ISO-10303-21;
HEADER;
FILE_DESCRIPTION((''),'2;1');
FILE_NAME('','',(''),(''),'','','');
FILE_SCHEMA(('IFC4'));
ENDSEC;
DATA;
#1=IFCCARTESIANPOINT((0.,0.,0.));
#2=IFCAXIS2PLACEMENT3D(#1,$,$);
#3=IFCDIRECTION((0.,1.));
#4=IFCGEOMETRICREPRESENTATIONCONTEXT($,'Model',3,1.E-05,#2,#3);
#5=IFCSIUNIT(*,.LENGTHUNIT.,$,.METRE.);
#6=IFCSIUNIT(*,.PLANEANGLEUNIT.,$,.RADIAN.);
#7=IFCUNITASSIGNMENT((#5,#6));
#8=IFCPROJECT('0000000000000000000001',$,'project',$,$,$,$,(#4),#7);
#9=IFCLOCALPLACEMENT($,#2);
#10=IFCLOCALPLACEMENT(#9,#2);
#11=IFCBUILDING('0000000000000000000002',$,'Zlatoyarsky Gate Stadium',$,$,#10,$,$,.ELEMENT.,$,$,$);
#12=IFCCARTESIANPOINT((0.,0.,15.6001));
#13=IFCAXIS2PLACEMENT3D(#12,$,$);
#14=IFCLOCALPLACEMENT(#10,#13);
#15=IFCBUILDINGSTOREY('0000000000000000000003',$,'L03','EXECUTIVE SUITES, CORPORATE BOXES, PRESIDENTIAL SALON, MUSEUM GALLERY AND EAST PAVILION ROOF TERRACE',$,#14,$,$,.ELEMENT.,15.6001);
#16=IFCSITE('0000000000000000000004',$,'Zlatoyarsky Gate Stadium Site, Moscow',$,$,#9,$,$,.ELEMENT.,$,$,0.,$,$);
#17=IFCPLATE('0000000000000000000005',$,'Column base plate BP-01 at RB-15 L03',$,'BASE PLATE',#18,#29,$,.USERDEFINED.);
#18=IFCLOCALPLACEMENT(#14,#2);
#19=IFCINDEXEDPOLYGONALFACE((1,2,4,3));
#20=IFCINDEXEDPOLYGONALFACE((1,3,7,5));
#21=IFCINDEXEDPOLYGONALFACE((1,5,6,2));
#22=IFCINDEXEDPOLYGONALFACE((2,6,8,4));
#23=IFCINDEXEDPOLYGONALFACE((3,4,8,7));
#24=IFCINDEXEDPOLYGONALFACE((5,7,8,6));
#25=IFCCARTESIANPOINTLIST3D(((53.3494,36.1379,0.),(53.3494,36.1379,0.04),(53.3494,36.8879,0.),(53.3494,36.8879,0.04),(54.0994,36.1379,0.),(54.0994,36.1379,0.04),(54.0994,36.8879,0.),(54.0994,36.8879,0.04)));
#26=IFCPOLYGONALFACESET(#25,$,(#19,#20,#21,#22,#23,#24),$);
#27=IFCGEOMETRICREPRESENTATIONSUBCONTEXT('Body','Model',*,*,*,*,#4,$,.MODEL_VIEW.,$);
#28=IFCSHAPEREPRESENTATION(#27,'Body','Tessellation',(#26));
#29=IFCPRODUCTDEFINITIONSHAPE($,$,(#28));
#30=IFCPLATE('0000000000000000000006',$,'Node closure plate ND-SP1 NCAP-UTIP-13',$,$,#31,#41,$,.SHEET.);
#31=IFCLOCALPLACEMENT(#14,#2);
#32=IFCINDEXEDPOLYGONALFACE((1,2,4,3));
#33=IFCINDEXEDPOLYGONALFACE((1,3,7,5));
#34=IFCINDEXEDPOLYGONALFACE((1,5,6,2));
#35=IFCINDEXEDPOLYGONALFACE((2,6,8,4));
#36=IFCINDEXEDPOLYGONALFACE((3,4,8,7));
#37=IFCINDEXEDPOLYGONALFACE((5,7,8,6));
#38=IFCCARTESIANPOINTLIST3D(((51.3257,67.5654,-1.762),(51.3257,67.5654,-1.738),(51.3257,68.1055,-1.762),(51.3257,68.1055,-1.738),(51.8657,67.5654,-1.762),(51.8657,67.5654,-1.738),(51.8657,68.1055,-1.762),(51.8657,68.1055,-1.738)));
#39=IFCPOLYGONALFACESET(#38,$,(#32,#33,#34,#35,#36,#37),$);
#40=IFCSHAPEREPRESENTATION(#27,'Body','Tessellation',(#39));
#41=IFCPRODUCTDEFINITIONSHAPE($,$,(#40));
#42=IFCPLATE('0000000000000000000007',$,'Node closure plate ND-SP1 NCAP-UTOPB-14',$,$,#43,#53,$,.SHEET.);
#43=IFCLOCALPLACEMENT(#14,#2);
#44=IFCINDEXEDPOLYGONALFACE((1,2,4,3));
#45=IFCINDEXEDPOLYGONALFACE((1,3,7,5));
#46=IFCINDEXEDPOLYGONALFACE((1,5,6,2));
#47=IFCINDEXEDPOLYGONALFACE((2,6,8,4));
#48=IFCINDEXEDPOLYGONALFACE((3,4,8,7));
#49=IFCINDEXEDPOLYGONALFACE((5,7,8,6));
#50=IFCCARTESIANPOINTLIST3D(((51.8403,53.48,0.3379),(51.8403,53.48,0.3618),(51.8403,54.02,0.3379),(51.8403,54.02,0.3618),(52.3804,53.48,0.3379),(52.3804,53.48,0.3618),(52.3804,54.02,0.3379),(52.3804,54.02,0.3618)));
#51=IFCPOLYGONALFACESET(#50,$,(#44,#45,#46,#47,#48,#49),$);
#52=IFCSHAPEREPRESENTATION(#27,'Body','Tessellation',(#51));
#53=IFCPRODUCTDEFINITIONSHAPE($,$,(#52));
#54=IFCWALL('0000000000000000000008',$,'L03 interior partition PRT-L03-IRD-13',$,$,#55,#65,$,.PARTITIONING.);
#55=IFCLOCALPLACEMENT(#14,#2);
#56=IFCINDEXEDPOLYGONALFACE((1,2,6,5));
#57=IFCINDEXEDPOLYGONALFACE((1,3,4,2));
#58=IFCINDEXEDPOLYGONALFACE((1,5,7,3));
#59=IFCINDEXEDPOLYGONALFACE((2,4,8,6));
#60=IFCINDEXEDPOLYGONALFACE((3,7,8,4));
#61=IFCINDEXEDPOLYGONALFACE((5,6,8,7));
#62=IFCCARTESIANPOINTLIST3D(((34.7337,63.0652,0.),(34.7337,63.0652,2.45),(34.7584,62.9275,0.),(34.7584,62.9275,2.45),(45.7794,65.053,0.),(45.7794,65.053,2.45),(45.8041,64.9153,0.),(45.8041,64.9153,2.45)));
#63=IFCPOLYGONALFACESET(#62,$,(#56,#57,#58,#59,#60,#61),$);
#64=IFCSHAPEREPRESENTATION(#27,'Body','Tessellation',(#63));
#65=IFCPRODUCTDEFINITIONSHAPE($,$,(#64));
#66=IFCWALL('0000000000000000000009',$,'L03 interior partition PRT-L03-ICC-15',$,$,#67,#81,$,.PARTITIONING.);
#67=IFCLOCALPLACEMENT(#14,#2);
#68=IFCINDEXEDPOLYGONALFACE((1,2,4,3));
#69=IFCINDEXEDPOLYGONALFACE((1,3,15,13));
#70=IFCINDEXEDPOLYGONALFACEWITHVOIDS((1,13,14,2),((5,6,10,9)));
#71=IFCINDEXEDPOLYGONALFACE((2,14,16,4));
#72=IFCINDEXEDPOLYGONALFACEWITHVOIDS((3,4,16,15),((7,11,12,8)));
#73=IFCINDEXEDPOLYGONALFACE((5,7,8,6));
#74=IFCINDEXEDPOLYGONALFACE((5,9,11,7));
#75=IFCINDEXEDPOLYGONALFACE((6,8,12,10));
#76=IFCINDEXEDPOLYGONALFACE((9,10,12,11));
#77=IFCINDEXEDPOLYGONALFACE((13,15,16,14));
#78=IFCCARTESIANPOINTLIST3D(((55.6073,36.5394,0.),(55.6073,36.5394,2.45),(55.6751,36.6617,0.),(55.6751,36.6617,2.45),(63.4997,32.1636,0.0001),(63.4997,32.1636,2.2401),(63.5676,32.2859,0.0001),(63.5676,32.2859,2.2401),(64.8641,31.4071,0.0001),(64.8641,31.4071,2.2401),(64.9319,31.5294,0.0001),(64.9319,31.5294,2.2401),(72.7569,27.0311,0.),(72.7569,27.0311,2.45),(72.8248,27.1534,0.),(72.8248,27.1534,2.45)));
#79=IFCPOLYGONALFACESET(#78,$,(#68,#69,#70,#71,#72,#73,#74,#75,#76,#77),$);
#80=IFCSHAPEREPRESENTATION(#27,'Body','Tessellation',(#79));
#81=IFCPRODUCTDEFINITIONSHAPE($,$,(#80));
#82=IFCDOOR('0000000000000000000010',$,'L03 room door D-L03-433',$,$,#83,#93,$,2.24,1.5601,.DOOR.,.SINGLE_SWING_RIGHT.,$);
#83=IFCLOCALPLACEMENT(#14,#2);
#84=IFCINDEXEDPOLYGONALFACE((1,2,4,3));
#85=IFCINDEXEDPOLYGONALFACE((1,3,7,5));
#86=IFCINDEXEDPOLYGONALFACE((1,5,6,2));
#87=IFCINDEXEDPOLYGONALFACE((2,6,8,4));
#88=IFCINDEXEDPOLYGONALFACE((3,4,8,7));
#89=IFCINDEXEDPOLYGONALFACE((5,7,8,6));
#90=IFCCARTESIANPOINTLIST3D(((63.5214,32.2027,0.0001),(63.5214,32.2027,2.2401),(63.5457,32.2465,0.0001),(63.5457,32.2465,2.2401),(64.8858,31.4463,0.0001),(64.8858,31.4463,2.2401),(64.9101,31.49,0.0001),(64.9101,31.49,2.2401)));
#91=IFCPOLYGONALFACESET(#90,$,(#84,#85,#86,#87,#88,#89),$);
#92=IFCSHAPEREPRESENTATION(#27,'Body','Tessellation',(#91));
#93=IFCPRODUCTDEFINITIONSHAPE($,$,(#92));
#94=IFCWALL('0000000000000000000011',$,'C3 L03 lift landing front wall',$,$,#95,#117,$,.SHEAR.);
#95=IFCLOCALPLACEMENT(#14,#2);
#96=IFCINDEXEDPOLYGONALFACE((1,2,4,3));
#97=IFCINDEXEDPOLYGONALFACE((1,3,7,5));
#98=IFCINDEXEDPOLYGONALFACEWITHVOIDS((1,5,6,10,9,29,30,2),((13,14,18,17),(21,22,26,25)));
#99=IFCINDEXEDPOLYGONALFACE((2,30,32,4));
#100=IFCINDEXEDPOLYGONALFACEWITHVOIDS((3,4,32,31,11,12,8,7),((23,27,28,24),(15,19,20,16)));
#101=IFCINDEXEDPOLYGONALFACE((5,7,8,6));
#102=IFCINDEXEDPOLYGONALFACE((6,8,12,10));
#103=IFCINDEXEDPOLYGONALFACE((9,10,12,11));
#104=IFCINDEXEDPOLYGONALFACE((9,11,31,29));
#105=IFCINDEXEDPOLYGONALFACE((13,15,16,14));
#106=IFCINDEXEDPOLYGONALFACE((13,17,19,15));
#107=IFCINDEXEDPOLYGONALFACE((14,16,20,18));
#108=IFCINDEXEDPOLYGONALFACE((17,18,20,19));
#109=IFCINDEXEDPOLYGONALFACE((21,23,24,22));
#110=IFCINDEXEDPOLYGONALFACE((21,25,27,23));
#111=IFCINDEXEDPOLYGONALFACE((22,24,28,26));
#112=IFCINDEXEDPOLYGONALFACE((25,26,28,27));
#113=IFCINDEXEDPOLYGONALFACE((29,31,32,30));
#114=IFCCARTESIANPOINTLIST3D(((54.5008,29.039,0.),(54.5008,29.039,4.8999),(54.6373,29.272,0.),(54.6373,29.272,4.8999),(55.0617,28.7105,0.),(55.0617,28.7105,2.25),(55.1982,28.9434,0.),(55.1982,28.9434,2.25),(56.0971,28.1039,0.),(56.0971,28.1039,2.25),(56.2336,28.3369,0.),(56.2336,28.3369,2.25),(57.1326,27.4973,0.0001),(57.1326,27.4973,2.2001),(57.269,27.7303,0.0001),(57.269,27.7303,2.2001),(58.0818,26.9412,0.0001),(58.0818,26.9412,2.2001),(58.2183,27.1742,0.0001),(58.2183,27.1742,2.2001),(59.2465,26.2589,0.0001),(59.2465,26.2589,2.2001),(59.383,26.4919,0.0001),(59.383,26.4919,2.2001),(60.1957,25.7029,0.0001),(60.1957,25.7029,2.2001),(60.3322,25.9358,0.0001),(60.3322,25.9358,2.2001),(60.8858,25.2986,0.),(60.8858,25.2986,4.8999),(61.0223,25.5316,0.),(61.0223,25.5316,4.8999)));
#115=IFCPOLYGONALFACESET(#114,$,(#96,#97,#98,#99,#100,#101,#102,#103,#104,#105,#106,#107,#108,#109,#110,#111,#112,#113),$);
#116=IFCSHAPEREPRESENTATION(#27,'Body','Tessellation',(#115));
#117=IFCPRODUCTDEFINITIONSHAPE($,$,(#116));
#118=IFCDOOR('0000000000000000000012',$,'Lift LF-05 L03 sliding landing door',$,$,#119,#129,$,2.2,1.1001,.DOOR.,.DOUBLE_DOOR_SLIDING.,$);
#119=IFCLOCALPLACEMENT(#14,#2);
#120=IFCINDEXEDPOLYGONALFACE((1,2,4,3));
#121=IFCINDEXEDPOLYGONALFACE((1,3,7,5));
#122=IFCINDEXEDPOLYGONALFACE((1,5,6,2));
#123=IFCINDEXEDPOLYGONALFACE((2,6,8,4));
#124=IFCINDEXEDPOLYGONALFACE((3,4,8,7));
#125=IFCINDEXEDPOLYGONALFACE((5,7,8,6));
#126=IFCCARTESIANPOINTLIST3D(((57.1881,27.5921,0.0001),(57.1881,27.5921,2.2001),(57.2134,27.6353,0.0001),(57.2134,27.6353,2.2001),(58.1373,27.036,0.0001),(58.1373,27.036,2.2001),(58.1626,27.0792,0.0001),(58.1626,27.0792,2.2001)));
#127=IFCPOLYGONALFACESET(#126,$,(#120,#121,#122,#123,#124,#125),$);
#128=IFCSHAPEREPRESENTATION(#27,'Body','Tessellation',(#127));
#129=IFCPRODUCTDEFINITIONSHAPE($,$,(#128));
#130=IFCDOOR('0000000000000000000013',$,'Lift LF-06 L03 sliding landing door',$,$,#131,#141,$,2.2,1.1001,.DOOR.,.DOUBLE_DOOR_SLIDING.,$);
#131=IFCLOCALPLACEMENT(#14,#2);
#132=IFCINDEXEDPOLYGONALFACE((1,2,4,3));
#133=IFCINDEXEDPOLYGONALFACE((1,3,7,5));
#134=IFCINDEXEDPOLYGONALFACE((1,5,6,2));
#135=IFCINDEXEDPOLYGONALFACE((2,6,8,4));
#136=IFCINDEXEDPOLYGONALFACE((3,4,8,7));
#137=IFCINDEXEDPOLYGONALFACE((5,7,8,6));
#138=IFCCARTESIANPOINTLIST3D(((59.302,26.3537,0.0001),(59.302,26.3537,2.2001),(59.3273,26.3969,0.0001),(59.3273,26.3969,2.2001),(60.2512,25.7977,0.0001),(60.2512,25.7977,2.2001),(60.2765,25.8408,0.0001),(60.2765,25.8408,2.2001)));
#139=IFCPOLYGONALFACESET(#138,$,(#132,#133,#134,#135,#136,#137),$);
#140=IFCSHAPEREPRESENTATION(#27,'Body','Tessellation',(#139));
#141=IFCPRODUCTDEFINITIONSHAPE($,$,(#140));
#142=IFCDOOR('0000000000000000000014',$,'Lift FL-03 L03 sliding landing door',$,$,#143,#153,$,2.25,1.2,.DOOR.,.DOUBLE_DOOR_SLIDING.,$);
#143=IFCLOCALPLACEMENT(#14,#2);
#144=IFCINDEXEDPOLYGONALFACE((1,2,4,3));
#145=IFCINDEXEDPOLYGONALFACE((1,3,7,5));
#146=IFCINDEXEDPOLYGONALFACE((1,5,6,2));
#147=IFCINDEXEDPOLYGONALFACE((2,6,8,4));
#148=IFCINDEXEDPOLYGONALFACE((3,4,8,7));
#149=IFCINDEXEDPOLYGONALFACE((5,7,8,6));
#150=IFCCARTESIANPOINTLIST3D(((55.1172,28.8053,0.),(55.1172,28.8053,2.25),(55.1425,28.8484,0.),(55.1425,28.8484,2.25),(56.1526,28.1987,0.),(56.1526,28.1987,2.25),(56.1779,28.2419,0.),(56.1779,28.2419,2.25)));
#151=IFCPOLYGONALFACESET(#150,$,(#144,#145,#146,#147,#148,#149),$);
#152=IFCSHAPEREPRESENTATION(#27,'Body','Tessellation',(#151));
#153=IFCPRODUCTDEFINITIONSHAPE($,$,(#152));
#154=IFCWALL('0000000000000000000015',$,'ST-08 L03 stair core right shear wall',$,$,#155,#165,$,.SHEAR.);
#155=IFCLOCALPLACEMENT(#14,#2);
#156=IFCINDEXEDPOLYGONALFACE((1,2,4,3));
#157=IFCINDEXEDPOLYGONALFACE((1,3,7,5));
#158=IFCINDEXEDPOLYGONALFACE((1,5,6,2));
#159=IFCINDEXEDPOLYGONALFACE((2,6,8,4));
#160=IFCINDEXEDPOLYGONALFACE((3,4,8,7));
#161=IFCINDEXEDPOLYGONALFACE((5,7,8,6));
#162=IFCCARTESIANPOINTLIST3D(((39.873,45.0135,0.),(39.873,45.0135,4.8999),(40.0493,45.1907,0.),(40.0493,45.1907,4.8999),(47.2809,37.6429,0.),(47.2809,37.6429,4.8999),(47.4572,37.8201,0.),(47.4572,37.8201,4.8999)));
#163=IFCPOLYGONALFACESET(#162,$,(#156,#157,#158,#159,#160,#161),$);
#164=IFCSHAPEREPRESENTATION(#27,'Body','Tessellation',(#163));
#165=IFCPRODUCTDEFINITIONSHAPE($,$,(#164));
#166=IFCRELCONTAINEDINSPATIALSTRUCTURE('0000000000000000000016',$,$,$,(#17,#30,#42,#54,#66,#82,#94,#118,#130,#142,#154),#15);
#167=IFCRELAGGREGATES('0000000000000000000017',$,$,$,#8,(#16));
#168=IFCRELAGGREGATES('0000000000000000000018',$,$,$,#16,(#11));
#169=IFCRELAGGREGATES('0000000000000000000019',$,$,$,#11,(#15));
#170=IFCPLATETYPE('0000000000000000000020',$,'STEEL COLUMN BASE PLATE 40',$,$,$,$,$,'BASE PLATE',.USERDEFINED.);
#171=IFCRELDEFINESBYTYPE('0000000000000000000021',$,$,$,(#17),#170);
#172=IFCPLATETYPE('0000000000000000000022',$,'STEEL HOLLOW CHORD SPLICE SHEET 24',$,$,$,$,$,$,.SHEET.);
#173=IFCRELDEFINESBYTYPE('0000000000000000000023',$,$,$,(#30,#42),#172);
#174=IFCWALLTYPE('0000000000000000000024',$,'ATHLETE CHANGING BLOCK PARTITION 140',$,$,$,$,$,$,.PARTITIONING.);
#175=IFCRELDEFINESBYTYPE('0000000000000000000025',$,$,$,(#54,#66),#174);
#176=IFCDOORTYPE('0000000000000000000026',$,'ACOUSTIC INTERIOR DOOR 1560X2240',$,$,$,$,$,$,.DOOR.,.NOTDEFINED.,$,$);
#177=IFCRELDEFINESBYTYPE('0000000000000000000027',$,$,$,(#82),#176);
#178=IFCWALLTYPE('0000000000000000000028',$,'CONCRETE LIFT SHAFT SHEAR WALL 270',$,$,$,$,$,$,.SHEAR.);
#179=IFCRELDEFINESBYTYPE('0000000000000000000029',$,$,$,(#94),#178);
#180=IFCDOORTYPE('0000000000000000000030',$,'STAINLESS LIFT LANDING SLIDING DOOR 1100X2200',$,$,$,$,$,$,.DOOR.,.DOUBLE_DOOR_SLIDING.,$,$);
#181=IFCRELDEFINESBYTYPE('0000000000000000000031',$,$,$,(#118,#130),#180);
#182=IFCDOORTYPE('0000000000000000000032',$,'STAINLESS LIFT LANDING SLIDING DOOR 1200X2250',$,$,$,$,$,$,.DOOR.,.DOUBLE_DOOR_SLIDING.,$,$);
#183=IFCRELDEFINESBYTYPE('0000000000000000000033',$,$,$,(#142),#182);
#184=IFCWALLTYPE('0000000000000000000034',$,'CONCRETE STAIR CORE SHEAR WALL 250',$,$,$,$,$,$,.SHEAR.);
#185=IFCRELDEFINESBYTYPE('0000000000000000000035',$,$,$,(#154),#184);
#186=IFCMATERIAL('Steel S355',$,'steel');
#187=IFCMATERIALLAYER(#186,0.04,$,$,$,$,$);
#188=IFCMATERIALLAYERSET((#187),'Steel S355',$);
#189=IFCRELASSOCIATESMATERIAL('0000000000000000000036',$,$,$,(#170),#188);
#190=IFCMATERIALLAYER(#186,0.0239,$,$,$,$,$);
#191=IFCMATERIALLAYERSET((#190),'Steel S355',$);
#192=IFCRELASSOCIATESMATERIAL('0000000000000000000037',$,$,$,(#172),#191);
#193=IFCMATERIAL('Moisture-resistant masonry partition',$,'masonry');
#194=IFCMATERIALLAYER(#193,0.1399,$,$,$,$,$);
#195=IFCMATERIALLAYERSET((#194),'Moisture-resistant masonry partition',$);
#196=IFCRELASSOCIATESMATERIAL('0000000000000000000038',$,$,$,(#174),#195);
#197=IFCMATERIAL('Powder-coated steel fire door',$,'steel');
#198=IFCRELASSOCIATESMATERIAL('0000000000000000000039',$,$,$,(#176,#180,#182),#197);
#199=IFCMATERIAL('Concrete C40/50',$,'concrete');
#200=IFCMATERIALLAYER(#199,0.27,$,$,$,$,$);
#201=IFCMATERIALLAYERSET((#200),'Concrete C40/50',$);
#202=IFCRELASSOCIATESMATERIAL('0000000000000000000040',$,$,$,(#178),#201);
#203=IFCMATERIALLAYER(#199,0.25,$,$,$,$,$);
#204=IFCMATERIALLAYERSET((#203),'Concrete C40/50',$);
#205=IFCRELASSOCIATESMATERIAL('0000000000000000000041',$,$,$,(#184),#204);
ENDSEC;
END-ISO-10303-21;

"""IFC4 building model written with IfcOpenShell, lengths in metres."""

from ifc_helpers import new_model, si_unit, direction, frame, frame_2d, origin, origin_2d, place, context, subcontext, project, spatial, rectangle, extrude, material, layer, layer_set, type_object, element, fill, save


model = new_model("IFC4")

# Units and contexts
model_context = context("Model", 3, precision=1e-05, world=origin(), true_north=direction((0.0, 1.0)))
body_context = subcontext(model_context, "Body", "Model", "MODEL_VIEW")
ifc_project = project(units=[si_unit("LENGTHUNIT", "METRE"), si_unit("PLANEANGLEUNIT", "RADIAN")], contexts=[model_context])

# Site, building, storey
site_placement = place(None, origin())
site = spatial("IfcSite", under=ifc_project, at=site_placement, Name="Zlatoyarsky Gate Stadium Site, Moscow", CompositionType="ELEMENT", RefElevation=0.0)
building_placement = place(site_placement, origin())
building = spatial("IfcBuilding", under=site, at=building_placement, Name="Zlatoyarsky Gate Stadium", CompositionType="ELEMENT")
storey_placement = place(building_placement, frame((0.0, 0.0, 15.6001)))
storey = spatial("IfcBuildingStorey", under=building, at=storey_placement, Name="L03", Description="EXECUTIVE SUITES, CORPORATE BOXES, PRESIDENTIAL SALON, MUSEUM GALLERY AND EAST PAVILION ROOF TERRACE", CompositionType="ELEMENT", Elevation=15.6001)

# Shared definitions
ifc_material_1 = material(Name="Steel S355", Category="steel")

# Plates
ifc_layer_1 = layer(ifc_material_1, 0.04)
ifc_layer_set_1 = layer_set([ifc_layer_1], Name="Steel S355")
plate_type_1 = type_object("IfcPlateType", Name="STEEL COLUMN BASE PLATE 40", ElementType="BASE PLATE", PredefinedType="USERDEFINED", material=ifc_layer_set_1)
plate_placement = place(storey_placement, frame((53.7244, 36.5129, 0.0), z_axis=(0.0, 0.0, 1.0), x_axis=(1.0, 0.0, 0.0)))
element("IfcPlate", 1, at=plate_placement, inside=storey, type_object=plate_type_1, Name="Column base plate BP-01 at RB-15 L03", ObjectType="BASE PLATE", PredefinedType="USERDEFINED", context=body_context, shape_type="SweptSolid", body=[
    extrude(rectangle(XDim=0.75, YDim=0.75, at=origin_2d()), origin(), (0.0, 0.0, 1.0), 0.04),
])
ifc_layer_2 = layer(ifc_material_1, 0.0239)
ifc_layer_set_2 = layer_set([ifc_layer_2], Name="Steel S355")
plate_type_2 = type_object("IfcPlateType", Name="STEEL HOLLOW CHORD SPLICE SHEET 24", PredefinedType="SHEET", material=ifc_layer_set_2)
for number, where, z_axis, x_axis, name in (
    (2, (51.5957, 67.8354, -1.762), (0.0, 0.0, 1.0), (1.0, 0.0, 0.0), "Node closure plate ND-SP1 NCAP-UTIP-13"),
    (3, (52.1104, 53.75, 0.3379), (0.0, 0.0, 1.0), (1.0, 0.0, 0.0), "Node closure plate ND-SP1 NCAP-UTOPB-14"),
):
    element("IfcPlate", number, at=place(storey_placement, frame(where, z_axis=z_axis, x_axis=x_axis)), inside=storey, type_object=plate_type_2, Name=name, PredefinedType="SHEET", context=body_context, shape_type="SweptSolid", body=[
        extrude(rectangle(XDim=0.54, YDim=0.54, at=origin_2d()), origin(), (0.0, 0.0, 1.0), 0.0239),
    ])

# Wall
ifc_material_2 = material(Name="Moisture-resistant masonry partition", Category="masonry")
ifc_layer_3 = layer(ifc_material_2, 0.1399)
ifc_layer_set_3 = layer_set([ifc_layer_3], Name="Moisture-resistant masonry partition")
wall_type_1 = type_object("IfcWallType", Name="ATHLETE CHANGING BLOCK PARTITION 140", PredefinedType="PARTITIONING", material=ifc_layer_set_3)
wall_1_placement = place(storey_placement, frame((45.7917, 64.9841, 0.0), z_axis=(0.0, 0.0, 1.0), x_axis=(-0.98419, -0.177116, 0.0)))
element("IfcWall", 4, at=wall_1_placement, inside=storey, type_object=wall_type_1, Name="L03 interior partition PRT-L03-IRD-13", PredefinedType="PARTITIONING", context=body_context, shape_type="SweptSolid", body=[
    extrude(rectangle(XDim=11.2231, YDim=0.1399, at=frame_2d((5.6116, 0.0))), origin(), (0.0, 0.0, 1.0), 2.45),
])

# Wall, opening, door
wall_2_placement = place(storey_placement, frame((55.6411, 36.6006, 0.0), z_axis=(0.0, 0.0, 1.0), x_axis=(0.874575, -0.484891, 0.0)))
wall_2 = element("IfcWall", 5, at=wall_2_placement, inside=storey, type_object=wall_type_1, Name="L03 interior partition PRT-L03-ICC-15", PredefinedType="PARTITIONING", context=body_context, shape_type="SweptSolid", body=[
    extrude(rectangle(XDim=19.6091, YDim=0.1399, at=frame_2d((9.8047, 0.0))), origin(), (0.0, 0.0, 1.0), 2.45),
])
opening_1_placement = place(wall_2_placement, frame((9.0244, 0.0, 0.0)))
opening_1 = element("IfcOpeningElement", 6, at=opening_1_placement, cuts=wall_2, PredefinedType="OPENING", context=body_context, shape_type="SweptSolid", body=[
    extrude(rectangle(XDim=1.5601, YDim=2.24, at=frame_2d((0.78, 1.1201))), frame((0.0, 0.0798, 0.0), z_axis=(0.0, -1.0, 0.0), x_axis=(1.0, 0.0, 0.0)), (0.0, 0.0, 1.0), 0.1599),
])
ifc_material_3 = material(Name="Powder-coated steel fire door", Category="steel")
door_type_1 = type_object("IfcDoorType", Name="ACOUSTIC INTERIOR DOOR 1560X2240", OperationType="NOTDEFINED", PredefinedType="DOOR", material=ifc_material_3)
door_1_placement = place(opening_1_placement, origin())
door_1 = element("IfcDoor", 7, at=door_1_placement, inside=storey, type_object=door_type_1, Name="L03 room door D-L03-433", OperationType="SINGLE_SWING_RIGHT", OverallHeight=2.24, OverallWidth=1.5601, PredefinedType="DOOR", context=body_context, shape_type="SweptSolid", body=[
    extrude(rectangle(XDim=1.5601, YDim=2.24, at=frame_2d((0.78, 1.1201))), frame((0.0, 0.0249, 0.0), z_axis=(0.0, -1.0, 0.0), x_axis=(1.0, 0.0, 0.0)), (0.0, 0.0, 1.0), 0.05),
])
fill(opening_1, door_1)

# Wall, openings, doors
ifc_material_4 = material(Name="Concrete C40/50", Category="concrete")
ifc_layer_4 = layer(ifc_material_4, 0.27)
ifc_layer_set_4 = layer_set([ifc_layer_4], Name="Concrete C40/50")
wall_type_2 = type_object("IfcWallType", Name="CONCRETE LIFT SHAFT SHEAR WALL 270", PredefinedType="SHEAR", material=ifc_layer_set_4)
wall_3_placement = place(storey_placement, frame((54.5691, 29.1555, 0.0), z_axis=(0.0, 0.0, 1.0), x_axis=(0.862843, -0.505472, 0.0)))
wall_3 = element("IfcWall", 8, at=wall_3_placement, inside=storey, type_object=wall_type_2, Name="C3 L03 lift landing front wall", PredefinedType="SHEAR", context=body_context, shape_type="SweptSolid", body=[
    extrude(rectangle(XDim=7.3999, YDim=0.27, at=frame_2d((3.7, 0.0))), origin(), (0.0, 0.0, 1.0), 4.8999),
])
opening_2_placement = place(wall_3_placement, frame((0.6499, 0.0, 0.0)))
opening_2 = element("IfcOpeningElement", 9, at=opening_2_placement, cuts=wall_3, PredefinedType="OPENING", context=body_context, shape_type="SweptSolid", body=[
    extrude(rectangle(XDim=1.2, YDim=2.25, at=frame_2d((0.6001, 1.125))), frame((0.0, 0.145, 0.0), z_axis=(0.0, -1.0, 0.0), x_axis=(1.0, 0.0, 0.0)), (0.0, 0.0, 1.0), 0.29),
])
opening_3_placement = place(wall_3_placement, frame((3.05, 0.0, 0.0)))
opening_3 = element("IfcOpeningElement", 10, at=opening_3_placement, cuts=wall_3, PredefinedType="OPENING", context=body_context, shape_type="SweptSolid", body=[
    extrude(rectangle(XDim=1.1001, YDim=2.2, at=frame_2d((0.55, 1.1001))), frame((0.0, 0.145, 0.0), z_axis=(0.0, -1.0, 0.0), x_axis=(1.0, 0.0, 0.0)), (0.0, 0.0, 1.0), 0.29),
])
opening_4_placement = place(wall_3_placement, frame((5.5, 0.0, 0.0)))
opening_4 = element("IfcOpeningElement", 11, at=opening_4_placement, cuts=wall_3, PredefinedType="OPENING", context=body_context, shape_type="SweptSolid", body=[
    extrude(rectangle(XDim=1.1001, YDim=2.2, at=frame_2d((0.55, 1.1001))), frame((0.0, 0.145, 0.0), z_axis=(0.0, -1.0, 0.0), x_axis=(1.0, 0.0, 0.0)), (0.0, 0.0, 1.0), 0.29),
])
door_type_2 = type_object("IfcDoorType", Name="STAINLESS LIFT LANDING SLIDING DOOR 1100X2200", OperationType="DOUBLE_DOOR_SLIDING", PredefinedType="DOOR", material=ifc_material_3)
door_2_placement = place(opening_3_placement, origin())
door_2 = element("IfcDoor", 12, at=door_2_placement, inside=storey, type_object=door_type_2, Name="Lift LF-05 L03 sliding landing door", OperationType="DOUBLE_DOOR_SLIDING", OverallHeight=2.2, OverallWidth=1.1001, PredefinedType="DOOR", context=body_context, shape_type="SweptSolid", body=[
    extrude(rectangle(XDim=1.1001, YDim=2.2, at=frame_2d((0.55, 1.1001))), frame((0.0, 0.0249, 0.0), z_axis=(0.0, -1.0, 0.0), x_axis=(1.0, 0.0, 0.0)), (0.0, 0.0, 1.0), 0.05),
])
fill(opening_3, door_2)
door_3_placement = place(opening_4_placement, origin())
door_3 = element("IfcDoor", 13, at=door_3_placement, inside=storey, type_object=door_type_2, Name="Lift LF-06 L03 sliding landing door", OperationType="DOUBLE_DOOR_SLIDING", OverallHeight=2.2, OverallWidth=1.1001, PredefinedType="DOOR", context=body_context, shape_type="SweptSolid", body=[
    extrude(rectangle(XDim=1.1001, YDim=2.2, at=frame_2d((0.55, 1.1001))), frame((0.0, 0.0249, 0.0), z_axis=(0.0, -1.0, 0.0), x_axis=(1.0, 0.0, 0.0)), (0.0, 0.0, 1.0), 0.05),
])
fill(opening_4, door_3)
door_type_3 = type_object("IfcDoorType", Name="STAINLESS LIFT LANDING SLIDING DOOR 1200X2250", OperationType="DOUBLE_DOOR_SLIDING", PredefinedType="DOOR", material=ifc_material_3)
door_4_placement = place(opening_2_placement, origin())
door_4 = element("IfcDoor", 14, at=door_4_placement, inside=storey, type_object=door_type_3, Name="Lift FL-03 L03 sliding landing door", OperationType="DOUBLE_DOOR_SLIDING", OverallHeight=2.25, OverallWidth=1.2, PredefinedType="DOOR", context=body_context, shape_type="SweptSolid", body=[
    extrude(rectangle(XDim=1.2, YDim=2.25, at=frame_2d((0.6001, 1.125))), frame((0.0, 0.0249, 0.0), z_axis=(0.0, -1.0, 0.0), x_axis=(1.0, 0.0, 0.0)), (0.0, 0.0, 1.0), 0.05),
])
fill(opening_2, door_4)

# Wall
ifc_layer_5 = layer(ifc_material_4, 0.25)
ifc_layer_set_5 = layer_set([ifc_layer_5], Name="Concrete C40/50")
wall_type_3 = type_object("IfcWallType", Name="CONCRETE STAIR CORE SHEAR WALL 250", PredefinedType="SHEAR", material=ifc_layer_set_5)
wall_4_placement = place(storey_placement, frame((47.3691, 37.7314, 0.0), z_axis=(0.0, 0.0, 1.0), x_axis=(-0.708892, 0.705317, 0.0)))
element("IfcWall", 15, at=wall_4_placement, inside=storey, type_object=wall_type_3, Name="ST-08 L03 stair core right shear wall", PredefinedType="SHEAR", context=body_context, shape_type="SweptSolid", body=[
    extrude(rectangle(XDim=10.45, YDim=0.25, at=frame_2d((5.2251, 0.0))), origin(), (0.0, 0.0, 1.0), 4.8999),
])

save(model, "model.ifc")
